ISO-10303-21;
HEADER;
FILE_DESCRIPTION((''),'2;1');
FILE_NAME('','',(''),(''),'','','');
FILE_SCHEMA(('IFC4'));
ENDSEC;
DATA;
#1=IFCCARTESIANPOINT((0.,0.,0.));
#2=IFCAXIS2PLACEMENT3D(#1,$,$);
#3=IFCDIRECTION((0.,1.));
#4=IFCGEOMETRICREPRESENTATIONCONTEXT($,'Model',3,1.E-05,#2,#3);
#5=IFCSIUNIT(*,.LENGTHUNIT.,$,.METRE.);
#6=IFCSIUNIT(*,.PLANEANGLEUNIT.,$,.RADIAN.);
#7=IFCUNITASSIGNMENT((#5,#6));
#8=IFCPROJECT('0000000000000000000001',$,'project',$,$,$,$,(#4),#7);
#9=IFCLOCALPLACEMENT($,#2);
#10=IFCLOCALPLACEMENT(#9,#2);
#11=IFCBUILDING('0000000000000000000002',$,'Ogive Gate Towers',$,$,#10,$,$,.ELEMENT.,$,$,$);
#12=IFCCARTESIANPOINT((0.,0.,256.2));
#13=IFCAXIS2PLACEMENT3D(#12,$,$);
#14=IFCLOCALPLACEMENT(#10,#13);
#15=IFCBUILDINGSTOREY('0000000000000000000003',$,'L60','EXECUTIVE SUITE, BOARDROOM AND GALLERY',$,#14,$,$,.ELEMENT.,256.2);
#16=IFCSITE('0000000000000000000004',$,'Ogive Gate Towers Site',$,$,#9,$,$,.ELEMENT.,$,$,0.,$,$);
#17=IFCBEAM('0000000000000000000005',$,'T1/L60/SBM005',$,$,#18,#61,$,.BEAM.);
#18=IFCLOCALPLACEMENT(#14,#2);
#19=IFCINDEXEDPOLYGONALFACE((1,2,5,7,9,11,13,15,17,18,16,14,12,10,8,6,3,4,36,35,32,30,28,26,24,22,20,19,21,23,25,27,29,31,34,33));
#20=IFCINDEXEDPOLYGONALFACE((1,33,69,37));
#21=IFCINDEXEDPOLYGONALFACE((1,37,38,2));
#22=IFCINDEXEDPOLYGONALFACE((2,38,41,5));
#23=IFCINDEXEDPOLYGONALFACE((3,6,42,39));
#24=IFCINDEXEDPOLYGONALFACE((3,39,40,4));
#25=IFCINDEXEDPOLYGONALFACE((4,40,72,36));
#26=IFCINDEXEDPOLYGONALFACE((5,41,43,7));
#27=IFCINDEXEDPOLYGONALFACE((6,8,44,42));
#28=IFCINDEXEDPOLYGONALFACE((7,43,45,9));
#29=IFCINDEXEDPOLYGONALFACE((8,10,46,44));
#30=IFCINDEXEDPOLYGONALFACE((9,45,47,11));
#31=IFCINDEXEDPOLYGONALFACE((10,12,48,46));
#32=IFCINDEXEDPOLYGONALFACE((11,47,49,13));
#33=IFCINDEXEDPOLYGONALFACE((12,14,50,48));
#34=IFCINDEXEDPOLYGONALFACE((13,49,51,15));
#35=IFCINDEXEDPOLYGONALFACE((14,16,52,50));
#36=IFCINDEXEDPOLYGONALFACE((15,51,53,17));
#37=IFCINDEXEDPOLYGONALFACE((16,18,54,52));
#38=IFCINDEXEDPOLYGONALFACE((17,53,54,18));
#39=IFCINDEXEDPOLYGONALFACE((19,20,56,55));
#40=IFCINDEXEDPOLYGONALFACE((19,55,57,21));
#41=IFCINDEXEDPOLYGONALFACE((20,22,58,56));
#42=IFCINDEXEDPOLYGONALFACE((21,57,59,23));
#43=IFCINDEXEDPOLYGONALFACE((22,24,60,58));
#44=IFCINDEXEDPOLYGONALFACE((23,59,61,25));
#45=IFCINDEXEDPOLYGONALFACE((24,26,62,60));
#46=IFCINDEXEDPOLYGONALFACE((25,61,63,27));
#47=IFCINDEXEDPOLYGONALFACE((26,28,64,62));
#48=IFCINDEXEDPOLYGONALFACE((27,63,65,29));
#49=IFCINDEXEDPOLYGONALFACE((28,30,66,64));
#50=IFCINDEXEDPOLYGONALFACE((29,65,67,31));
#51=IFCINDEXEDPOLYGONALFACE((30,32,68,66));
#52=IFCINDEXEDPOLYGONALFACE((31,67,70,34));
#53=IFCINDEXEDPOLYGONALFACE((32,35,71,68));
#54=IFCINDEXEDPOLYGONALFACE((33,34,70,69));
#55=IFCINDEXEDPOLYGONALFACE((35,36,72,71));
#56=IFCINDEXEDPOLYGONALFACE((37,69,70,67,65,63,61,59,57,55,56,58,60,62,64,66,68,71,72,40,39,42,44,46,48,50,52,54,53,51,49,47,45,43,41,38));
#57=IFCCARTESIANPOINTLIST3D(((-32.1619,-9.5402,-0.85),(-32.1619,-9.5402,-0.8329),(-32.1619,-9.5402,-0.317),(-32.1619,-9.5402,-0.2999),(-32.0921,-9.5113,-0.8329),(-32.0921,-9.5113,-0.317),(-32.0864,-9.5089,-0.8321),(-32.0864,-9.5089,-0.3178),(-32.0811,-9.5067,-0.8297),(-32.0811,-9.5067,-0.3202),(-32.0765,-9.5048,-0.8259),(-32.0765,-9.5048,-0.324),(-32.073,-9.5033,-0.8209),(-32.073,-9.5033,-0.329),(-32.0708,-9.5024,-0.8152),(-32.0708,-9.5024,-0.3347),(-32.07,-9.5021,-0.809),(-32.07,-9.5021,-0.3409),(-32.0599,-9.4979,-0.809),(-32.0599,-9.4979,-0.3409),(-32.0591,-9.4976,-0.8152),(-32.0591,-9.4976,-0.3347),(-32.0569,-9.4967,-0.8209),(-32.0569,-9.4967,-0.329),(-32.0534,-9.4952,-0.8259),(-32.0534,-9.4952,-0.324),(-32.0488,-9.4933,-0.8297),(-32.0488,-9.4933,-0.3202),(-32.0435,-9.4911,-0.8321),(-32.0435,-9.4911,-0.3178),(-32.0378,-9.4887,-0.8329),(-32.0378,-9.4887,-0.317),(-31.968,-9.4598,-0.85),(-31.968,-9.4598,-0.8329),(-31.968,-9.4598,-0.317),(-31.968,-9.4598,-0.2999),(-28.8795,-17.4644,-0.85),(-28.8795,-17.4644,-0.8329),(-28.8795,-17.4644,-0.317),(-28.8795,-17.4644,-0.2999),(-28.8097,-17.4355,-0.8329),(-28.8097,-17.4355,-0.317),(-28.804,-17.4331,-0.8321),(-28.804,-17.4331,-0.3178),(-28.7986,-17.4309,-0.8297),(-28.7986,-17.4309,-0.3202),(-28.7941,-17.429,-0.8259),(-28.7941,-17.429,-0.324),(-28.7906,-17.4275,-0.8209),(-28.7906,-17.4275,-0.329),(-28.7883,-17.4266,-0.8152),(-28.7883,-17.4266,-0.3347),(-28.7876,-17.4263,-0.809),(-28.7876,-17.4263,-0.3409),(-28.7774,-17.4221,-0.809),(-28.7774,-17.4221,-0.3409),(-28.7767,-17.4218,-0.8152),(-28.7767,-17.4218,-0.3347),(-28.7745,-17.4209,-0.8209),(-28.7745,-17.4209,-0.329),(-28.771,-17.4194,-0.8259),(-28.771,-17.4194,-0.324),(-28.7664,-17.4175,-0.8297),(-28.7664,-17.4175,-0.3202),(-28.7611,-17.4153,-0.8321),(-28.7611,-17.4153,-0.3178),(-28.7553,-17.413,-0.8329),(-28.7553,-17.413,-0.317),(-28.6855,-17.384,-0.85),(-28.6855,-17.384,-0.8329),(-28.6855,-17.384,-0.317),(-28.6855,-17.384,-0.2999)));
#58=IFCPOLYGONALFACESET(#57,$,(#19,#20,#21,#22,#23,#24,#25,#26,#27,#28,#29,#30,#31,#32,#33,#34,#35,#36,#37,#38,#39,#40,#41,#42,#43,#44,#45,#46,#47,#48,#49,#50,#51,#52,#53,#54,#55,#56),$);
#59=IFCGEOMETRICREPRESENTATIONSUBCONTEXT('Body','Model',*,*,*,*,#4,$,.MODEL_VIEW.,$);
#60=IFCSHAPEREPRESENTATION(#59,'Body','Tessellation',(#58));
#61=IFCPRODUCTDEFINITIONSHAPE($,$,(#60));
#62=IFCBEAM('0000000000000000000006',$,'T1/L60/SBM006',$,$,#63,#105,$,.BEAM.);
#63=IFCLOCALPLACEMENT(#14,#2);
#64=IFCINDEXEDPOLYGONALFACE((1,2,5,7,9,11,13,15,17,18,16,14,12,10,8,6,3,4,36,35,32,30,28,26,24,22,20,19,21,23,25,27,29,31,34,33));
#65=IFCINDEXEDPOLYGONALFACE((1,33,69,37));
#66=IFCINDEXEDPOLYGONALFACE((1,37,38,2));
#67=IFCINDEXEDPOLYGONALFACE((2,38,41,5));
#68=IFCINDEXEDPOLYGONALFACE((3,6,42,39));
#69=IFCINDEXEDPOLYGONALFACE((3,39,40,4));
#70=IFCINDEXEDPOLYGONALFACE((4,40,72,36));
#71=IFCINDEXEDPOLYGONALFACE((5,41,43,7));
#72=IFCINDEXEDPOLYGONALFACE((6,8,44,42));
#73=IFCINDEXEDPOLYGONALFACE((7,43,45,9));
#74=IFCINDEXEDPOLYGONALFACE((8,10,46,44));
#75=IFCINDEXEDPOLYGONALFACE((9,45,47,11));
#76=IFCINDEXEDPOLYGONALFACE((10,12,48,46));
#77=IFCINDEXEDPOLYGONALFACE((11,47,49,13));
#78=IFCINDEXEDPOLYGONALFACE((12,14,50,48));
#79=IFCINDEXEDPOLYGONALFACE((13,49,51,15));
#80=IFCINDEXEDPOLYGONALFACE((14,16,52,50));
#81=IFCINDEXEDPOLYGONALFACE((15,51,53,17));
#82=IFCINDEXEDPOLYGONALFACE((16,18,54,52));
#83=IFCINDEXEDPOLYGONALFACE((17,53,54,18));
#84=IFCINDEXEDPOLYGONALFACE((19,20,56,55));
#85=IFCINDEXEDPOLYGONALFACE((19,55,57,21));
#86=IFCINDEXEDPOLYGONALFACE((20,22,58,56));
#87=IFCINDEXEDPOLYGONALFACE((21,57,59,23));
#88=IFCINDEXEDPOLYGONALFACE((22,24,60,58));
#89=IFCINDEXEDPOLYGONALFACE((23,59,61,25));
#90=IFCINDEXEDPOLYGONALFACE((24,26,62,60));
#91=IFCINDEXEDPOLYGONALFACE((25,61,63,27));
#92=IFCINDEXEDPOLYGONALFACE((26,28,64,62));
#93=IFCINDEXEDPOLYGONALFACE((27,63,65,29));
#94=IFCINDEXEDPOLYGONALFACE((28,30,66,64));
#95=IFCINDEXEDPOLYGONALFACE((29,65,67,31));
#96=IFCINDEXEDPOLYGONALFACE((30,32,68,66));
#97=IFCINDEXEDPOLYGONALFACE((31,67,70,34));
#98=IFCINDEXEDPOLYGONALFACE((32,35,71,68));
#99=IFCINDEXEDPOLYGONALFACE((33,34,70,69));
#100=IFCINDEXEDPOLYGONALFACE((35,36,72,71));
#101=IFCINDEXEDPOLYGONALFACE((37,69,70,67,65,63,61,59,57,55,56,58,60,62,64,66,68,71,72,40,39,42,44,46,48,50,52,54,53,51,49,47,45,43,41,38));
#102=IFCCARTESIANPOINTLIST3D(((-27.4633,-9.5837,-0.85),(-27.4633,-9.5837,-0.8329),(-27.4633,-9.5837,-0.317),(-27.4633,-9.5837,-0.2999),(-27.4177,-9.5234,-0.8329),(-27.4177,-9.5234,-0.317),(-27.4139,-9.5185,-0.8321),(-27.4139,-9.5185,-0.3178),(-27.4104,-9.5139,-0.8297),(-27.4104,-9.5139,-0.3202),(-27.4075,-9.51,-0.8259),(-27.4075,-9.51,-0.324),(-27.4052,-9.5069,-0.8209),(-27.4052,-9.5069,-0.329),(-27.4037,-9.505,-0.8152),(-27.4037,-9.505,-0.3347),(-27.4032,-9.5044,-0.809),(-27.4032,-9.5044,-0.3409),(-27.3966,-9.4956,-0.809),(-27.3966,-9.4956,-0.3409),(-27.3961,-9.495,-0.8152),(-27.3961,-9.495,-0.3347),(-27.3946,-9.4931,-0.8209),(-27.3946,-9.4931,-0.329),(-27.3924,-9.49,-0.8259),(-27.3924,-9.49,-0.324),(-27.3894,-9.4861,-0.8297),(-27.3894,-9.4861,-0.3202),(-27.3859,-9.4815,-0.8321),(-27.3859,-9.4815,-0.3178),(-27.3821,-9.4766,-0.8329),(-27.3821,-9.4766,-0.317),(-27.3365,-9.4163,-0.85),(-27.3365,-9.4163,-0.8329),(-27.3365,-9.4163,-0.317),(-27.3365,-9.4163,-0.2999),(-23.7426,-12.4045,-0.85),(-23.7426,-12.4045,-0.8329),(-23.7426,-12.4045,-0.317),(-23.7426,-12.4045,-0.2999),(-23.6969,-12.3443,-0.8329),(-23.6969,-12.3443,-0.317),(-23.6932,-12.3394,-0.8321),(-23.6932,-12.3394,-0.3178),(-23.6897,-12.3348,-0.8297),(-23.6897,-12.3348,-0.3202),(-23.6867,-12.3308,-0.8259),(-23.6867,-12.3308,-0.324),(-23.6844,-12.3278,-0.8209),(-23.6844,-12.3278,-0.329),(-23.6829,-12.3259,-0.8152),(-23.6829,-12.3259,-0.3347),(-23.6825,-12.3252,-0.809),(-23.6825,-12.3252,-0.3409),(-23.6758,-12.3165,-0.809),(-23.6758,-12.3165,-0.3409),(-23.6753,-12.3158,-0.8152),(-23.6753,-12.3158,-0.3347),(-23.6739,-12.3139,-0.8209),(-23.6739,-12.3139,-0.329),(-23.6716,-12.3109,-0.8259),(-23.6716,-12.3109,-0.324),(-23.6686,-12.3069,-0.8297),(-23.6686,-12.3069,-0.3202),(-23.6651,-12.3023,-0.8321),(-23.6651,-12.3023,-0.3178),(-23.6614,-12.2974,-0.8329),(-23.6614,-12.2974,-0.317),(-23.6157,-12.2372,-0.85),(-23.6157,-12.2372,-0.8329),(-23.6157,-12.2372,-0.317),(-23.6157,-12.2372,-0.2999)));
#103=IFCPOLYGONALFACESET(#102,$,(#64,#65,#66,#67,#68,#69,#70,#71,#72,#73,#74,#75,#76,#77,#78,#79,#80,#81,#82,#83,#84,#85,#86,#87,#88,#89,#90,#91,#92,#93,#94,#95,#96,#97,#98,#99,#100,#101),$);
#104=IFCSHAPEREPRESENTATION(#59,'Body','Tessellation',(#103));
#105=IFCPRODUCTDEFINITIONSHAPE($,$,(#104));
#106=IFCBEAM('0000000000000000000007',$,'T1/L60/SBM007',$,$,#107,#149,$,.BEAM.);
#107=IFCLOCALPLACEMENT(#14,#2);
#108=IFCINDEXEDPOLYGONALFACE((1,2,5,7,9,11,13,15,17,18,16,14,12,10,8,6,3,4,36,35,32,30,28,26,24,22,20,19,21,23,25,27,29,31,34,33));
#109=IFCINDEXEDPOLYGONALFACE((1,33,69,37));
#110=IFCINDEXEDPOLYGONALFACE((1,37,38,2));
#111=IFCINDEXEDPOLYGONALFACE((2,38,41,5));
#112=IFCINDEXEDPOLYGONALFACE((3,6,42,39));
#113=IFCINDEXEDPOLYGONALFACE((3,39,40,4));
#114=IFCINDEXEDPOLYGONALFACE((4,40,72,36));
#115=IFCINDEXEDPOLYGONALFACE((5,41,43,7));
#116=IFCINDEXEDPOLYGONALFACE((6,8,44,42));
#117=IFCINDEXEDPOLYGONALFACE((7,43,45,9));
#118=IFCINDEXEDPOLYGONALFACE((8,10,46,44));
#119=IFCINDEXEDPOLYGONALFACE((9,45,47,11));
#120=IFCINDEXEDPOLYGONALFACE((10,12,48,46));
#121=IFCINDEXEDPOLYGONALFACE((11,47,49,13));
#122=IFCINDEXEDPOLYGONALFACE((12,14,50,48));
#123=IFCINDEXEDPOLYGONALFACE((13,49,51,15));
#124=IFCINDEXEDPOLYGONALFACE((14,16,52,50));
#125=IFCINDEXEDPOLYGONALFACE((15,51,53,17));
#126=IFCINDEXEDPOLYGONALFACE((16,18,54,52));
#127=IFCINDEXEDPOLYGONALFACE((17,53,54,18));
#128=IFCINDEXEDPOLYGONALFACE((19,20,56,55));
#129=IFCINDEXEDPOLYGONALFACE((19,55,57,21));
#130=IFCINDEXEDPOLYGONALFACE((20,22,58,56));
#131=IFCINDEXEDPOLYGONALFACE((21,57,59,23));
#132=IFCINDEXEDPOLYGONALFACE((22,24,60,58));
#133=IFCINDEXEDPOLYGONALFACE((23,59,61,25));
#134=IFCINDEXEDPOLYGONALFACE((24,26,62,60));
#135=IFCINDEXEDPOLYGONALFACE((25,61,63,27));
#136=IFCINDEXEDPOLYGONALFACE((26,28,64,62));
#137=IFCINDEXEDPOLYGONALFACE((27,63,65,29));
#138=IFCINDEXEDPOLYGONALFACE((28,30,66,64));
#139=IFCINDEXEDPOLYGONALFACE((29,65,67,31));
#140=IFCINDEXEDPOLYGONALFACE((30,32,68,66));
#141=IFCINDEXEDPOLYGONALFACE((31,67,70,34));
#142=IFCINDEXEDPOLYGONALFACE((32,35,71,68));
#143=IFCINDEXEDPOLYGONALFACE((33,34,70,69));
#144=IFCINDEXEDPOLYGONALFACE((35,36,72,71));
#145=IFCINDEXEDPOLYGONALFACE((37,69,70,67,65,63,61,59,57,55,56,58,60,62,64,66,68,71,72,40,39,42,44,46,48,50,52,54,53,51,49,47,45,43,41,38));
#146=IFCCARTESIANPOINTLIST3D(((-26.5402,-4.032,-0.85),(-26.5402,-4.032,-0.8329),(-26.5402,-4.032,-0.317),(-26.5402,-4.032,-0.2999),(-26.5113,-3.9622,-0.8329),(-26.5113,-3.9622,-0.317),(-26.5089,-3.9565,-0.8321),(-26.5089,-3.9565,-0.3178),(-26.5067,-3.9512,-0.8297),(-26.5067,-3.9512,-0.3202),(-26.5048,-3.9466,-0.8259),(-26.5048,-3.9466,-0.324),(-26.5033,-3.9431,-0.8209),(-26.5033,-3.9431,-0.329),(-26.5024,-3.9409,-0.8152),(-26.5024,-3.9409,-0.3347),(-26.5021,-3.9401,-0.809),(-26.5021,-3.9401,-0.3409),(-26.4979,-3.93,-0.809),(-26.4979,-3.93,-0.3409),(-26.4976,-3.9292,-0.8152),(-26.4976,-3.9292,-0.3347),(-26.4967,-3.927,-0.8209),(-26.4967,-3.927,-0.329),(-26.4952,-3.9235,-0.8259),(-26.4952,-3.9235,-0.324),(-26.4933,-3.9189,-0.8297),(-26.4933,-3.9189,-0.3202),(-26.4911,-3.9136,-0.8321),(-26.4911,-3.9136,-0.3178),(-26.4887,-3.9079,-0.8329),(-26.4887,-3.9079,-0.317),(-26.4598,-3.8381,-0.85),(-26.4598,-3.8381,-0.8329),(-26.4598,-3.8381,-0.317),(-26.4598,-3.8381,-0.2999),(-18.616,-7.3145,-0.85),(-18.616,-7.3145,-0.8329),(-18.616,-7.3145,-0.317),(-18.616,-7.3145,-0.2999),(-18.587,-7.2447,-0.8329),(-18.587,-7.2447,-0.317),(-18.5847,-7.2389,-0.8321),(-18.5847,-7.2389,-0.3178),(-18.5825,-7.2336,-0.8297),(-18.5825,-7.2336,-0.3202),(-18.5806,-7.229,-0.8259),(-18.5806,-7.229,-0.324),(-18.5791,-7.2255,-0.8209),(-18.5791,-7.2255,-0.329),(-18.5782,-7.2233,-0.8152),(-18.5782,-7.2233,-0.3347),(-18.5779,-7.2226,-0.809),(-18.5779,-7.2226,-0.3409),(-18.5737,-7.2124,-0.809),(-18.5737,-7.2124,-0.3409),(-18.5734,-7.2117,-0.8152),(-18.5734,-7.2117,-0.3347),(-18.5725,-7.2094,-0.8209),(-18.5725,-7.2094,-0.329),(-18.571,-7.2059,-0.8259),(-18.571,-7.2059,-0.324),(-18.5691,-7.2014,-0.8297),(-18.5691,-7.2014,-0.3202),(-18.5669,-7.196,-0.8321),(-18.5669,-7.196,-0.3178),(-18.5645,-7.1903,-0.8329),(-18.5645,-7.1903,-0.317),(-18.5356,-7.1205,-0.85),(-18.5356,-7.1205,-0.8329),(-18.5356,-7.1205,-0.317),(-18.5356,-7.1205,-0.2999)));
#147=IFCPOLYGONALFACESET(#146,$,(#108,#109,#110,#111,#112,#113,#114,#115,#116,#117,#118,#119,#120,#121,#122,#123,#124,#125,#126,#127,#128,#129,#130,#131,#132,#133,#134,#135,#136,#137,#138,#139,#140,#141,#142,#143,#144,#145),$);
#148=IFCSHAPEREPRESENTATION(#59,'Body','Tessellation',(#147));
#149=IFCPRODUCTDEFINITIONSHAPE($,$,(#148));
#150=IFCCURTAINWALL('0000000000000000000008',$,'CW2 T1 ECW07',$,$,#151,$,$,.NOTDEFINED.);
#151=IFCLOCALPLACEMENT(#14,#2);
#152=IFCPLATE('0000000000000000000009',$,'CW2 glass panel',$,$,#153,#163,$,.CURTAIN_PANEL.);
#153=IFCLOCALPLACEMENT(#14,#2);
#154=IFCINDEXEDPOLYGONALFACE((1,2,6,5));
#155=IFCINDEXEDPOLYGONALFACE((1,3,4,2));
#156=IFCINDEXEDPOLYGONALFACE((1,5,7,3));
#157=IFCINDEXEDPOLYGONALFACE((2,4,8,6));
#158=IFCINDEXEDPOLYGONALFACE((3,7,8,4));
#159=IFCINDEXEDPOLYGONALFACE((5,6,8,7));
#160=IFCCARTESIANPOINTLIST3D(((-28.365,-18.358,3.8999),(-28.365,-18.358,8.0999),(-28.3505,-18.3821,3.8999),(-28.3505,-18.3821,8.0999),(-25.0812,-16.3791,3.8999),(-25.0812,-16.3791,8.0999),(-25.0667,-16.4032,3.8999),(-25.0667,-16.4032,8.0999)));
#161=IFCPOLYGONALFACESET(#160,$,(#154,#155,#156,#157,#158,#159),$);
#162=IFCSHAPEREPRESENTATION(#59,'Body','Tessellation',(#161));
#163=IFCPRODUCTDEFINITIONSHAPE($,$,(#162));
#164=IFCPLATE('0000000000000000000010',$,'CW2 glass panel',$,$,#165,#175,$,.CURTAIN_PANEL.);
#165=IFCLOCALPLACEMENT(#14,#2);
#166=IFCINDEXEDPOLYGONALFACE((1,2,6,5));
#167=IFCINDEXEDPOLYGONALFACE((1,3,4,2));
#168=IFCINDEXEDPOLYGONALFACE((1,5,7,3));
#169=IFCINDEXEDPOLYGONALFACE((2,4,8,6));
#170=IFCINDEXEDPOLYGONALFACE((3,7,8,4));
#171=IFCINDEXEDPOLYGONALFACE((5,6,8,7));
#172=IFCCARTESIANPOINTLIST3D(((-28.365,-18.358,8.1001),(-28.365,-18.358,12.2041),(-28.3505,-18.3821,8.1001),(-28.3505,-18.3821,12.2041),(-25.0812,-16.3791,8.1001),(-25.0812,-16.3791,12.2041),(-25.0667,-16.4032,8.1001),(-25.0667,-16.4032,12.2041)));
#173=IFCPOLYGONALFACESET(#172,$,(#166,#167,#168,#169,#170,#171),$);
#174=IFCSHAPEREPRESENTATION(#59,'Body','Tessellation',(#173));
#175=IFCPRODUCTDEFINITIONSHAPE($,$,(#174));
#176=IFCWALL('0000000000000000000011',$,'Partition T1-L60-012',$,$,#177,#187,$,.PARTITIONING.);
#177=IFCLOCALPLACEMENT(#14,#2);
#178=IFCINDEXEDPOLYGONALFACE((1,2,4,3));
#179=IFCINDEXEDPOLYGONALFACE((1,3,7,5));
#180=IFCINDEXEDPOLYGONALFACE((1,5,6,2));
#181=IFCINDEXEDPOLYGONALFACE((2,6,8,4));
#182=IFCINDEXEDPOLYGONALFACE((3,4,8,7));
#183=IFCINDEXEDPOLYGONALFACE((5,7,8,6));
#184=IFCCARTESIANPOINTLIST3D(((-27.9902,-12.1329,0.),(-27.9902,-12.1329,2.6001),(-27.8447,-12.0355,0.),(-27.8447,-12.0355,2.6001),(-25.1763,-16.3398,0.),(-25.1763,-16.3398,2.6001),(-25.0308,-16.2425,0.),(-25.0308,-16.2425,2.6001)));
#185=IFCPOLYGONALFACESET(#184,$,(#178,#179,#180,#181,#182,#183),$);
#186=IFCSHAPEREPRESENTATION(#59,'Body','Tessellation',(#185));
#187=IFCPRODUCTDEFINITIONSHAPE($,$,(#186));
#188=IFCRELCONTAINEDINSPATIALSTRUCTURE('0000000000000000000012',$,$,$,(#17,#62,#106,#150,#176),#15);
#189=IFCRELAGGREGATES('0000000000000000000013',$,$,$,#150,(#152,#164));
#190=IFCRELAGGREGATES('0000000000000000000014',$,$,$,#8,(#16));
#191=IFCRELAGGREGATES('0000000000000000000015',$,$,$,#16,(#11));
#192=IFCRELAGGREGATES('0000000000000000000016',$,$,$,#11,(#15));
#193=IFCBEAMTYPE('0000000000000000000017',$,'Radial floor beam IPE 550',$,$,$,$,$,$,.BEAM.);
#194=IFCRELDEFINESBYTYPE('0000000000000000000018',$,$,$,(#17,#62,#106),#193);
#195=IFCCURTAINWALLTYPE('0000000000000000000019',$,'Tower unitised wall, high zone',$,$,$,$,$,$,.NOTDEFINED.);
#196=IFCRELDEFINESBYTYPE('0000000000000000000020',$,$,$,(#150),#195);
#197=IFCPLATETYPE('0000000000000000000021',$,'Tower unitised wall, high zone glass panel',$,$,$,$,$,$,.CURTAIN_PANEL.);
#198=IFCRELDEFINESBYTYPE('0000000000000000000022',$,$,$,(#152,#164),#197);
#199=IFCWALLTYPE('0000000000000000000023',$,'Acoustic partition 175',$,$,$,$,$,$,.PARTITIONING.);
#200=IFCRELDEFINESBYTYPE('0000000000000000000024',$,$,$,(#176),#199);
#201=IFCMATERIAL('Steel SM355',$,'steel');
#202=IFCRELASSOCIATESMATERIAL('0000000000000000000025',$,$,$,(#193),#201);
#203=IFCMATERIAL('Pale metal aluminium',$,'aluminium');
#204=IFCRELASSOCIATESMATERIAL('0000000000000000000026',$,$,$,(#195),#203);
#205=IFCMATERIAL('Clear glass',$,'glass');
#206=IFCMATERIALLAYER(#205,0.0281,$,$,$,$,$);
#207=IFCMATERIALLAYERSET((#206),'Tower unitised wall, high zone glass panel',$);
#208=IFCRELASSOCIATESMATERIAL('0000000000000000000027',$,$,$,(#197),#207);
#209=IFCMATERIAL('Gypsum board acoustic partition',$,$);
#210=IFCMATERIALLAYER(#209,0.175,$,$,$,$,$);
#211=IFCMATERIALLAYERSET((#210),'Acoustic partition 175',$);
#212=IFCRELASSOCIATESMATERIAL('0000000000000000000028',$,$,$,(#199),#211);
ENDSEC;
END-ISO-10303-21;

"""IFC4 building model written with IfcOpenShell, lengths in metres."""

from ifc_helpers import new_model, si_unit, direction, frame, frame_2d, origin, origin_2d, place, context, subcontext, project, spatial, rectangle, i_section, extrude, material, layer, layer_set, material_profile, profile_set, type_object, element, aggregate, save


model = new_model("IFC4")

# Units and contexts
model_context = context("Model", 3, precision=1e-05, world=origin(), true_north=direction((0.0, 1.0)))
body_context = subcontext(model_context, "Body", "Model", "MODEL_VIEW")
ifc_project = project(units=[si_unit("LENGTHUNIT", "METRE"), si_unit("PLANEANGLEUNIT", "RADIAN")], contexts=[model_context])

# Site, building, storey
site_placement = place(None, origin())
site = spatial("IfcSite", under=ifc_project, at=site_placement, Name="Ogive Gate Towers Site", CompositionType="ELEMENT", RefElevation=0.0)
building_placement = place(site_placement, origin())
building = spatial("IfcBuilding", under=site, at=building_placement, Name="Ogive Gate Towers", CompositionType="ELEMENT")
storey_placement = place(building_placement, frame((0.0, 0.0, 256.2)))
storey = spatial("IfcBuildingStorey", under=building, at=storey_placement, Name="L60", Description="EXECUTIVE SUITE, BOARDROOM AND GALLERY", CompositionType="ELEMENT", Elevation=256.2)

# Beams
ifc_material_1 = material(Name="Steel SM355", Category="steel")
ifc_material_profile = material_profile(ifc_material_1, i_section(OverallWidth=0.21, OverallDepth=0.55, WebThickness=0.011, FlangeThickness=0.0171, FilletRadius=0.0239, at=origin_2d()), Name="IPE 550")
ifc_profile_set = profile_set([ifc_material_profile], Name="Steel SM355")
beam_type = type_object("IfcBeamType", Name="Radial floor beam IPE 550", PredefinedType="BEAM", material=ifc_profile_set)
beam_1_placement = place(storey_placement, frame((-32.0649, -9.5, -0.575), z_axis=(0.382695, -0.923875, 0.0), x_axis=(0.923875, 0.382695, 0.0)))
element("IfcBeam", 1, at=beam_1_placement, inside=storey, type_object=beam_type, Name="T1/L60/SBM005", PredefinedType="BEAM", context=body_context, shape_type="SweptSolid", body=[
    extrude(i_section(OverallWidth=0.21, OverallDepth=0.55, WebThickness=0.011, FlangeThickness=0.0171, FilletRadius=0.0239, at=origin_2d()), origin(), (0.0, 0.0, 1.0), 8.5771),
])
beam_2_placement = place(storey_placement, frame((-27.3999, -9.5, -0.575), z_axis=(0.796877, -0.604142, 0.0), x_axis=(0.604142, 0.796877, 0.0)))
element("IfcBeam", 2, at=beam_2_placement, inside=storey, type_object=beam_type, Name="T1/L60/SBM006", PredefinedType="BEAM", context=body_context, shape_type="SweptSolid", body=[
    extrude(i_section(OverallWidth=0.21, OverallDepth=0.55, WebThickness=0.011, FlangeThickness=0.0171, FilletRadius=0.0239, at=origin_2d()), origin(), (0.0, 0.0, 1.0), 4.6692),
])
beam_3_placement = place(storey_placement, frame((-26.5, -3.9351, -0.575), z_axis=(0.923875, -0.382695, 0.0), x_axis=(0.382695, 0.923875, 0.0)))
element("IfcBeam", 3, at=beam_3_placement, inside=storey, type_object=beam_type, Name="T1/L60/SBM007", PredefinedType="BEAM", context=body_context, shape_type="SweptSolid", body=[
    extrude(i_section(OverallWidth=0.21, OverallDepth=0.55, WebThickness=0.011, FlangeThickness=0.0171, FilletRadius=0.0239, at=origin_2d()), origin(), (0.0, 0.0, 1.0), 8.5771),
])

# Curtain wall, plates
ifc_material_2 = material(Name="Pale metal aluminium", Category="aluminium")
curtain_wall_type = type_object("IfcCurtainWallType", Name="Tower unitised wall, high zone", PredefinedType="NOTDEFINED", material=ifc_material_2)
curtain_wall_placement = place(storey_placement, origin())
curtain_wall = element("IfcCurtainWall", 4, at=curtain_wall_placement, inside=storey, type_object=curtain_wall_type, Name="CW2 T1 ECW07", PredefinedType="NOTDEFINED")
ifc_material_3 = material(Name="Clear glass", Category="glass")
ifc_layer_1 = layer(ifc_material_3, 0.0281)
ifc_layer_set_1 = layer_set([ifc_layer_1], Name="Tower unitised wall, high zone glass panel")
plate_type = type_object("IfcPlateType", Name="Tower unitised wall, high zone glass panel", PredefinedType="CURTAIN_PANEL", material=ifc_layer_set_1)
plate_1_placement = place(storey_placement, frame((-26.7158, -17.3806, 3.8999), z_axis=(0.0, 0.0, 1.0), x_axis=(0.856501, 0.516145, 0.0)))
plate_1 = element("IfcPlate", 5, at=plate_1_placement, type_object=plate_type, Name="CW2 glass panel", PredefinedType="CURTAIN_PANEL", context=body_context, shape_type="SweptSolid", body=[
    extrude(rectangle(XDim=3.834, YDim=0.0281, at=origin_2d()), origin(), (0.0, 0.0, 1.0), 4.2),
])
plate_2_placement = place(storey_placement, frame((-26.7158, -17.3806, 8.1001), z_axis=(0.0, 0.0, 1.0), x_axis=(0.856501, 0.516145, 0.0)))
plate_2 = element("IfcPlate", 6, at=plate_2_placement, type_object=plate_type, Name="CW2 glass panel", PredefinedType="CURTAIN_PANEL", context=body_context, shape_type="SweptSolid", body=[
    extrude(rectangle(XDim=3.834, YDim=0.0281, at=origin_2d()), origin(), (0.0, 0.0, 1.0), 4.104),
])
aggregate(curtain_wall, [plate_1, plate_2])

# Wall
ifc_material_4 = material(Name="Gypsum board acoustic partition")
ifc_layer_2 = layer(ifc_material_4, 0.175)
ifc_layer_set_2 = layer_set([ifc_layer_2], Name="Acoustic partition 175")
wall_type_1 = type_object("IfcWallType", Name="Acoustic partition 175", PredefinedType="PARTITIONING", material=ifc_layer_set_2)
wall_1_placement = place(storey_placement, frame((-25.1035, -16.2913, 0.0), z_axis=(0.0, 0.0, 1.0), x_axis=(-0.555969, 0.831203, 0.0)))
element("IfcWall", 7, at=wall_1_placement, inside=storey, type_object=wall_type_1, Name="Partition T1-L60-012", PredefinedType="PARTITIONING", context=body_context, shape_type="SweptSolid", body=[
    extrude(rectangle(XDim=5.0613, YDim=0.175, at=frame_2d((2.5308, 0.0))), origin(), (0.0, 0.0, 1.0), 2.6001),
])

save(model, "model.ifc")
